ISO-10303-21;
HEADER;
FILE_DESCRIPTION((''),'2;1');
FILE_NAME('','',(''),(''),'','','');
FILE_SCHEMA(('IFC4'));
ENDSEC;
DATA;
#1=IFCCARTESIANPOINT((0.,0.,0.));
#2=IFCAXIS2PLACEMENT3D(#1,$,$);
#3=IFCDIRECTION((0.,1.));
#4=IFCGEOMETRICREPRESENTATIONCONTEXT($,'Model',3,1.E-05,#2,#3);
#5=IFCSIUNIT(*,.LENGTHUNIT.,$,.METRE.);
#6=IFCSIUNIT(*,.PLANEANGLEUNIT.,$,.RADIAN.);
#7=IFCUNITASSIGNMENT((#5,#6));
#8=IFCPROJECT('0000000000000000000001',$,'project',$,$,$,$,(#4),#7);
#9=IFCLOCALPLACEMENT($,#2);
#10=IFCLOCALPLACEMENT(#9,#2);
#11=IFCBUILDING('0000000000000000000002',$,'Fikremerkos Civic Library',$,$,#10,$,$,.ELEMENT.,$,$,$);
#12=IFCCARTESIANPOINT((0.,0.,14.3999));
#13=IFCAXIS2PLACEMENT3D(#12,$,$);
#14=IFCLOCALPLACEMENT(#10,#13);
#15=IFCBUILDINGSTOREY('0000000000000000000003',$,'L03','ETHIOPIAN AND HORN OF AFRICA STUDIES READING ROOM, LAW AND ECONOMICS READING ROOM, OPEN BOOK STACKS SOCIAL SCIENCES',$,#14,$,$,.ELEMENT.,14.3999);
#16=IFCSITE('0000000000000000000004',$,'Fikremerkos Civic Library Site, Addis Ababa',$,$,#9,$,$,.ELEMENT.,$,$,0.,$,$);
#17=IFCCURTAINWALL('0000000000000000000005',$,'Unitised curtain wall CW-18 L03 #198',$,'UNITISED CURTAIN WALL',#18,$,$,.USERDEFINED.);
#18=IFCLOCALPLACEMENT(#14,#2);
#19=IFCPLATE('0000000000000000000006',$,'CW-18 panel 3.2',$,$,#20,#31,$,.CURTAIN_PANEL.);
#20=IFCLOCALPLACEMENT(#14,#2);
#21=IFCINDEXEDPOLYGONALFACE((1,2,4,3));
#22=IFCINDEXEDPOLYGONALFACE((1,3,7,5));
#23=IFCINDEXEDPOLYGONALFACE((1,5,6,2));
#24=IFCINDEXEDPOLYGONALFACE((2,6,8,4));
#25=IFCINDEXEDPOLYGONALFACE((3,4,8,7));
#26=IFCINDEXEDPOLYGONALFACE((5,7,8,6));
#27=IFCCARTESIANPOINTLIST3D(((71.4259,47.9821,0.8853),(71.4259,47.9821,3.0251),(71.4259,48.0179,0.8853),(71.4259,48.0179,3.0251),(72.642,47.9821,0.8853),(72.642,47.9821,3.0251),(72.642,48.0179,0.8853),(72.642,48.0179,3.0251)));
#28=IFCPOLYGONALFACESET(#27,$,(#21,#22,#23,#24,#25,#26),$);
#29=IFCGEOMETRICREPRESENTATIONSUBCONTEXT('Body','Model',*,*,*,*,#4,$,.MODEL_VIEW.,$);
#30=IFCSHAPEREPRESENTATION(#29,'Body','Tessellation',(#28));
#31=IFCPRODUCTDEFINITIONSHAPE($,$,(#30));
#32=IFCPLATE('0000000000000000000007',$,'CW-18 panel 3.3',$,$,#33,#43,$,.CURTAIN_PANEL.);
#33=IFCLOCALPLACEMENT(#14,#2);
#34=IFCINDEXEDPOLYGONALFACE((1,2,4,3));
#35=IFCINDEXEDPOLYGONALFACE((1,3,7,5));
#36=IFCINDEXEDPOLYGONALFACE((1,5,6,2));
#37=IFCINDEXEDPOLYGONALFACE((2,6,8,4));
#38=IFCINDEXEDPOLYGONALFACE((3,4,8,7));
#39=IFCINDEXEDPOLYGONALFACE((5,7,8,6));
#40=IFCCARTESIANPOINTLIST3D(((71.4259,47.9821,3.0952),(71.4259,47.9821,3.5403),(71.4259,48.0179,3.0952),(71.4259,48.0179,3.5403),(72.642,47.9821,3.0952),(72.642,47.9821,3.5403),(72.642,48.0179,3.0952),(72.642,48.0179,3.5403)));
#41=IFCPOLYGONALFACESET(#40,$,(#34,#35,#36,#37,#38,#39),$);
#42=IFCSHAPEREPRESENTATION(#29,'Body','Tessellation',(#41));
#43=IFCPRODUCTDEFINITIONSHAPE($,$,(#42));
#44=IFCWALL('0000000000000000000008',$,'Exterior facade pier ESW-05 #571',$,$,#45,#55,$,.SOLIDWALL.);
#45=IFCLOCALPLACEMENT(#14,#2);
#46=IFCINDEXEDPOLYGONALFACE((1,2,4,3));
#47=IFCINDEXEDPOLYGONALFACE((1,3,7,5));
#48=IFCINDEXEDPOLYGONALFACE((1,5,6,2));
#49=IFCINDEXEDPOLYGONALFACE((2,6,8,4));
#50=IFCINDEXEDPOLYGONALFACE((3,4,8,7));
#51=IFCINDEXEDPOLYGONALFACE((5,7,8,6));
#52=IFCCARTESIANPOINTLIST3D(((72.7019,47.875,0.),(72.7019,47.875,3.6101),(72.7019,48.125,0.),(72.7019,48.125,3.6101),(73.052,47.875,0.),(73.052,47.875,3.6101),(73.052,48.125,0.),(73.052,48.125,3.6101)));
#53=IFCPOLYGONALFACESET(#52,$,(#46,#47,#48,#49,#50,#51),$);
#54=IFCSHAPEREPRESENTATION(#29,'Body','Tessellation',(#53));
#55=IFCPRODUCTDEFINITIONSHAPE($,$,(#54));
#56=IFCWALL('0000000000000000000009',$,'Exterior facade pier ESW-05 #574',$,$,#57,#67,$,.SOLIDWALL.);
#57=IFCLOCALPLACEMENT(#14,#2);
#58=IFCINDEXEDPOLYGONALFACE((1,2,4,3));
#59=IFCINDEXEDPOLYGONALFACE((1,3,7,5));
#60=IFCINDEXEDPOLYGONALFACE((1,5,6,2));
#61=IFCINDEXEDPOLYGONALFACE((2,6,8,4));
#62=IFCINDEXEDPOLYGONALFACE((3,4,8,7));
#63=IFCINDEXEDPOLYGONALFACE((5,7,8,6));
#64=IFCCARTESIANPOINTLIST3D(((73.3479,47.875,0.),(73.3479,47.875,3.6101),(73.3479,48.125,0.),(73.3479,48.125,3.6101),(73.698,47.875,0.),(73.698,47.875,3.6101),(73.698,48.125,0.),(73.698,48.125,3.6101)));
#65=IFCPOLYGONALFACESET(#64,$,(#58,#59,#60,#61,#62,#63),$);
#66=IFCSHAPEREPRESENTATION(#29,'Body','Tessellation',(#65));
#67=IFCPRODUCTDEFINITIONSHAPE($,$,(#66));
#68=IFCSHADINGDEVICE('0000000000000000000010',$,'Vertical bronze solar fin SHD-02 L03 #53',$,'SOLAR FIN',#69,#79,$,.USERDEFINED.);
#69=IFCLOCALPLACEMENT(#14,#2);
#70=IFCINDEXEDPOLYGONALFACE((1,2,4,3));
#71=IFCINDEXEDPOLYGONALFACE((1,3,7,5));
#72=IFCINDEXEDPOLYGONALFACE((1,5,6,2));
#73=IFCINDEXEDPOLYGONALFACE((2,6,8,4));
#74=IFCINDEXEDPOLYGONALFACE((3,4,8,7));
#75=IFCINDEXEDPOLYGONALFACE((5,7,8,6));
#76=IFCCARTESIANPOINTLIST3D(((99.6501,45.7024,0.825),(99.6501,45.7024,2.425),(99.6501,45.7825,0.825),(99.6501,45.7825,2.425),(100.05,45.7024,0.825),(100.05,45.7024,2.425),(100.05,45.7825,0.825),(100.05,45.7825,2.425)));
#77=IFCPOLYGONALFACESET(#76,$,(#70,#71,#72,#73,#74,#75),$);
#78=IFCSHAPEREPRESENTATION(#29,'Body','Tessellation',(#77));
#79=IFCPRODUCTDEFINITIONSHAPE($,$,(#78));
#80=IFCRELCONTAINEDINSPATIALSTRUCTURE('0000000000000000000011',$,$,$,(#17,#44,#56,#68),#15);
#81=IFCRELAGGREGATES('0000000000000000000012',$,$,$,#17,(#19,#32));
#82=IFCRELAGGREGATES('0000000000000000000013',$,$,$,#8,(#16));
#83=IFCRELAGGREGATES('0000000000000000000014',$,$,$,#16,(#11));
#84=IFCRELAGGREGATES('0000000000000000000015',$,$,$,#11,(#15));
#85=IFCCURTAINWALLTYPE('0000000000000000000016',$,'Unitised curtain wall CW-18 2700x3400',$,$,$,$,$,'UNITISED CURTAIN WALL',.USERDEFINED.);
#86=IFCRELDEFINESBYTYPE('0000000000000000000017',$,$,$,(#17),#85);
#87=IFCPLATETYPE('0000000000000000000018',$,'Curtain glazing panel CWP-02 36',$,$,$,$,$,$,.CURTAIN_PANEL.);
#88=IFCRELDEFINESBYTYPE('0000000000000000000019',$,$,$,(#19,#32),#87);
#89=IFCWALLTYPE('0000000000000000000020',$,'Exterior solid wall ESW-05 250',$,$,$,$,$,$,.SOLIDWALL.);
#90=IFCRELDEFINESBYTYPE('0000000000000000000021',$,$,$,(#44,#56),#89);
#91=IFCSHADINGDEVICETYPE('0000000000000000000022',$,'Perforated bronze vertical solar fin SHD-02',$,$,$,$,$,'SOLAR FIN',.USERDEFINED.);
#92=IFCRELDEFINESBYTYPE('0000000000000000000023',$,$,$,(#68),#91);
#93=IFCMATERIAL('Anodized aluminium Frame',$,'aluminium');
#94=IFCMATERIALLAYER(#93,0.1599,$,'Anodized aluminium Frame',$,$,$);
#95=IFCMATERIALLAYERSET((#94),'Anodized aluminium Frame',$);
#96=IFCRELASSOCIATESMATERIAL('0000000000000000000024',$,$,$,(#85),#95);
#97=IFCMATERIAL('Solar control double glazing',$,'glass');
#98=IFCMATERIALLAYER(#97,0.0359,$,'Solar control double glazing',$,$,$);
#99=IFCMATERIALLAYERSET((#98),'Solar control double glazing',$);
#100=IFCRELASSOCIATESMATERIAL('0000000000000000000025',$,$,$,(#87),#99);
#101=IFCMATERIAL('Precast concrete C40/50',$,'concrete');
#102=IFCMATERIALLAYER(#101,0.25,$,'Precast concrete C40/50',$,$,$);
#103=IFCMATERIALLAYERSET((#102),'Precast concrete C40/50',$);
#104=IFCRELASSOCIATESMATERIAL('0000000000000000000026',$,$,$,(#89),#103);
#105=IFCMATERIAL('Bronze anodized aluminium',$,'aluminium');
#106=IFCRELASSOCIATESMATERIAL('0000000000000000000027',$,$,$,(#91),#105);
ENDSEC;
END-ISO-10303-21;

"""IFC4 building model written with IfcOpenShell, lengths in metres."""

from ifc_helpers import new_model, si_unit, direction, frame, frame_2d, origin, origin_2d, place, context, subcontext, project, spatial, rectangle, extrude, material, layer, layer_set, type_object, element, aggregate, save


model = new_model("IFC4")

# Units and contexts
model_context = context("Model", 3, precision=1e-05, world=origin(), true_north=direction((0.0, 1.0)))
body_context = subcontext(model_context, "Body", "Model", "MODEL_VIEW")
ifc_project = project(units=[si_unit("LENGTHUNIT", "METRE"), si_unit("PLANEANGLEUNIT", "RADIAN")], contexts=[model_context])

# Site, building, storey
site_placement = place(None, origin())
site = spatial("IfcSite", under=ifc_project, at=site_placement, Name="Fikremerkos Civic Library Site, Addis Ababa", CompositionType="ELEMENT", RefElevation=0.0)
building_placement = place(site_placement, origin())
building = spatial("IfcBuilding", under=site, at=building_placement, Name="Fikremerkos Civic Library", CompositionType="ELEMENT")
storey_placement = place(building_placement, frame((0.0, 0.0, 14.3999)))
storey = spatial("IfcBuildingStorey", under=building, at=storey_placement, Name="L03", Description="ETHIOPIAN AND HORN OF AFRICA STUDIES READING ROOM, LAW AND ECONOMICS READING ROOM, OPEN BOOK STACKS SOCIAL SCIENCES", CompositionType="ELEMENT", Elevation=14.3999)

# Shared definitions
ifc_material_1 = material(Name="Anodized aluminium Frame", Category="aluminium")

# Curtain wall
ifc_layer_1 = layer(ifc_material_1, 0.1599, Name="Anodized aluminium Frame")
ifc_layer_set_1 = layer_set([ifc_layer_1], Name="Anodized aluminium Frame")
curtain_wall_type_1 = type_object("IfcCurtainWallType", Name="Unitised curtain wall CW-18 2700x3400", ElementType="UNITISED CURTAIN WALL", PredefinedType="USERDEFINED", material=ifc_layer_set_1)
curtain_wall_1_placement = place(storey_placement, origin())
curtain_wall_1 = element("IfcCurtainWall", 1, at=curtain_wall_1_placement, inside=storey, type_object=curtain_wall_type_1, Name="Unitised curtain wall CW-18 L03 #198", ObjectType="UNITISED CURTAIN WALL", PredefinedType="USERDEFINED")

# Plates
ifc_material_2 = material(Name="Solar control double glazing", Category="glass")
ifc_layer_2 = layer(ifc_material_2, 0.0359, Name="Solar control double glazing")
ifc_layer_set_2 = layer_set([ifc_layer_2], Name="Solar control double glazing")
plate_type_1 = type_object("IfcPlateType", Name="Curtain glazing panel CWP-02 36", PredefinedType="CURTAIN_PANEL", material=ifc_layer_set_2)
plate_1_placement = place(storey_placement, frame((72.0339, 48.0, 0.8853), z_axis=(0.0, 0.0, 1.0), x_axis=(1.0, 0.0, 0.0)))
plate_1 = element("IfcPlate", 2, at=plate_1_placement, type_object=plate_type_1, Name="CW-18 panel 3.2", PredefinedType="CURTAIN_PANEL", context=body_context, shape_type="SweptSolid", body=[
    extrude(rectangle(XDim=1.2161, YDim=0.0359, at=origin_2d()), origin(), (0.0, 0.0, 1.0), 2.1399),
])
plate_2_placement = place(storey_placement, frame((72.0339, 48.0, 3.0952), z_axis=(0.0, 0.0, 1.0), x_axis=(1.0, 0.0, 0.0)))
plate_2 = element("IfcPlate", 3, at=plate_2_placement, type_object=plate_type_1, Name="CW-18 panel 3.3", PredefinedType="CURTAIN_PANEL", context=body_context, shape_type="SweptSolid", body=[
    extrude(rectangle(XDim=1.2161, YDim=0.0359, at=origin_2d()), origin(), (0.0, 0.0, 1.0), 0.4451),
])
aggregate(curtain_wall_1, [plate_1, plate_2])

# Walls
ifc_material_3 = material(Name="Precast concrete C40/50", Category="concrete")
ifc_layer_3 = layer(ifc_material_3, 0.25, Name="Precast concrete C40/50")
ifc_layer_set_3 = layer_set([ifc_layer_3], Name="Precast concrete C40/50")
wall_type = type_object("IfcWallType", Name="Exterior solid wall ESW-05 250", PredefinedType="SOLIDWALL", material=ifc_layer_set_3)
for number, where, z_axis, x_axis, name in (
    (4, (72.7019, 48.0, 0.0), (0.0, 0.0, 1.0), (1.0, 0.0, 0.0), "Exterior facade pier ESW-05 #571"),
    (5, (73.3479, 48.0, 0.0), (0.0, 0.0, 1.0), (1.0, 0.0, 0.0), "Exterior facade pier ESW-05 #574"),
):
    element("IfcWall", number, at=place(storey_placement, frame(where, z_axis=z_axis, x_axis=x_axis)), inside=storey, type_object=wall_type, Name=name, PredefinedType="SOLIDWALL", context=body_context, shape_type="SweptSolid", body=[
        extrude(rectangle(XDim=0.3501, YDim=0.25, at=frame_2d((0.175, 0.0))), origin(), (0.0, 0.0, 1.0), 3.6101),
    ])

# Shading device
ifc_material_4 = material(Name="Bronze anodized aluminium", Category="aluminium")
shading_device_type = type_object("IfcShadingDeviceType", Name="Perforated bronze vertical solar fin SHD-02", ElementType="SOLAR FIN", PredefinedType="USERDEFINED", material=ifc_material_4)
shading_device_placement = place(storey_placement, frame((99.8501, 45.7424, 0.825), z_axis=(0.0, 0.0, 1.0), x_axis=(0.0, 1.0, 0.0)))
element("IfcShadingDevice", 6, at=shading_device_placement, inside=storey, type_object=shading_device_type, Name="Vertical bronze solar fin SHD-02 L03 #53", ObjectType="SOLAR FIN", PredefinedType="USERDEFINED", context=body_context, shape_type="SweptSolid", body=[
    extrude(rectangle(XDim=0.0801, YDim=0.3999, at=origin_2d()), origin(), (0.0, 0.0, 1.0), 1.6001),
])

save(model, "model.ifc")
